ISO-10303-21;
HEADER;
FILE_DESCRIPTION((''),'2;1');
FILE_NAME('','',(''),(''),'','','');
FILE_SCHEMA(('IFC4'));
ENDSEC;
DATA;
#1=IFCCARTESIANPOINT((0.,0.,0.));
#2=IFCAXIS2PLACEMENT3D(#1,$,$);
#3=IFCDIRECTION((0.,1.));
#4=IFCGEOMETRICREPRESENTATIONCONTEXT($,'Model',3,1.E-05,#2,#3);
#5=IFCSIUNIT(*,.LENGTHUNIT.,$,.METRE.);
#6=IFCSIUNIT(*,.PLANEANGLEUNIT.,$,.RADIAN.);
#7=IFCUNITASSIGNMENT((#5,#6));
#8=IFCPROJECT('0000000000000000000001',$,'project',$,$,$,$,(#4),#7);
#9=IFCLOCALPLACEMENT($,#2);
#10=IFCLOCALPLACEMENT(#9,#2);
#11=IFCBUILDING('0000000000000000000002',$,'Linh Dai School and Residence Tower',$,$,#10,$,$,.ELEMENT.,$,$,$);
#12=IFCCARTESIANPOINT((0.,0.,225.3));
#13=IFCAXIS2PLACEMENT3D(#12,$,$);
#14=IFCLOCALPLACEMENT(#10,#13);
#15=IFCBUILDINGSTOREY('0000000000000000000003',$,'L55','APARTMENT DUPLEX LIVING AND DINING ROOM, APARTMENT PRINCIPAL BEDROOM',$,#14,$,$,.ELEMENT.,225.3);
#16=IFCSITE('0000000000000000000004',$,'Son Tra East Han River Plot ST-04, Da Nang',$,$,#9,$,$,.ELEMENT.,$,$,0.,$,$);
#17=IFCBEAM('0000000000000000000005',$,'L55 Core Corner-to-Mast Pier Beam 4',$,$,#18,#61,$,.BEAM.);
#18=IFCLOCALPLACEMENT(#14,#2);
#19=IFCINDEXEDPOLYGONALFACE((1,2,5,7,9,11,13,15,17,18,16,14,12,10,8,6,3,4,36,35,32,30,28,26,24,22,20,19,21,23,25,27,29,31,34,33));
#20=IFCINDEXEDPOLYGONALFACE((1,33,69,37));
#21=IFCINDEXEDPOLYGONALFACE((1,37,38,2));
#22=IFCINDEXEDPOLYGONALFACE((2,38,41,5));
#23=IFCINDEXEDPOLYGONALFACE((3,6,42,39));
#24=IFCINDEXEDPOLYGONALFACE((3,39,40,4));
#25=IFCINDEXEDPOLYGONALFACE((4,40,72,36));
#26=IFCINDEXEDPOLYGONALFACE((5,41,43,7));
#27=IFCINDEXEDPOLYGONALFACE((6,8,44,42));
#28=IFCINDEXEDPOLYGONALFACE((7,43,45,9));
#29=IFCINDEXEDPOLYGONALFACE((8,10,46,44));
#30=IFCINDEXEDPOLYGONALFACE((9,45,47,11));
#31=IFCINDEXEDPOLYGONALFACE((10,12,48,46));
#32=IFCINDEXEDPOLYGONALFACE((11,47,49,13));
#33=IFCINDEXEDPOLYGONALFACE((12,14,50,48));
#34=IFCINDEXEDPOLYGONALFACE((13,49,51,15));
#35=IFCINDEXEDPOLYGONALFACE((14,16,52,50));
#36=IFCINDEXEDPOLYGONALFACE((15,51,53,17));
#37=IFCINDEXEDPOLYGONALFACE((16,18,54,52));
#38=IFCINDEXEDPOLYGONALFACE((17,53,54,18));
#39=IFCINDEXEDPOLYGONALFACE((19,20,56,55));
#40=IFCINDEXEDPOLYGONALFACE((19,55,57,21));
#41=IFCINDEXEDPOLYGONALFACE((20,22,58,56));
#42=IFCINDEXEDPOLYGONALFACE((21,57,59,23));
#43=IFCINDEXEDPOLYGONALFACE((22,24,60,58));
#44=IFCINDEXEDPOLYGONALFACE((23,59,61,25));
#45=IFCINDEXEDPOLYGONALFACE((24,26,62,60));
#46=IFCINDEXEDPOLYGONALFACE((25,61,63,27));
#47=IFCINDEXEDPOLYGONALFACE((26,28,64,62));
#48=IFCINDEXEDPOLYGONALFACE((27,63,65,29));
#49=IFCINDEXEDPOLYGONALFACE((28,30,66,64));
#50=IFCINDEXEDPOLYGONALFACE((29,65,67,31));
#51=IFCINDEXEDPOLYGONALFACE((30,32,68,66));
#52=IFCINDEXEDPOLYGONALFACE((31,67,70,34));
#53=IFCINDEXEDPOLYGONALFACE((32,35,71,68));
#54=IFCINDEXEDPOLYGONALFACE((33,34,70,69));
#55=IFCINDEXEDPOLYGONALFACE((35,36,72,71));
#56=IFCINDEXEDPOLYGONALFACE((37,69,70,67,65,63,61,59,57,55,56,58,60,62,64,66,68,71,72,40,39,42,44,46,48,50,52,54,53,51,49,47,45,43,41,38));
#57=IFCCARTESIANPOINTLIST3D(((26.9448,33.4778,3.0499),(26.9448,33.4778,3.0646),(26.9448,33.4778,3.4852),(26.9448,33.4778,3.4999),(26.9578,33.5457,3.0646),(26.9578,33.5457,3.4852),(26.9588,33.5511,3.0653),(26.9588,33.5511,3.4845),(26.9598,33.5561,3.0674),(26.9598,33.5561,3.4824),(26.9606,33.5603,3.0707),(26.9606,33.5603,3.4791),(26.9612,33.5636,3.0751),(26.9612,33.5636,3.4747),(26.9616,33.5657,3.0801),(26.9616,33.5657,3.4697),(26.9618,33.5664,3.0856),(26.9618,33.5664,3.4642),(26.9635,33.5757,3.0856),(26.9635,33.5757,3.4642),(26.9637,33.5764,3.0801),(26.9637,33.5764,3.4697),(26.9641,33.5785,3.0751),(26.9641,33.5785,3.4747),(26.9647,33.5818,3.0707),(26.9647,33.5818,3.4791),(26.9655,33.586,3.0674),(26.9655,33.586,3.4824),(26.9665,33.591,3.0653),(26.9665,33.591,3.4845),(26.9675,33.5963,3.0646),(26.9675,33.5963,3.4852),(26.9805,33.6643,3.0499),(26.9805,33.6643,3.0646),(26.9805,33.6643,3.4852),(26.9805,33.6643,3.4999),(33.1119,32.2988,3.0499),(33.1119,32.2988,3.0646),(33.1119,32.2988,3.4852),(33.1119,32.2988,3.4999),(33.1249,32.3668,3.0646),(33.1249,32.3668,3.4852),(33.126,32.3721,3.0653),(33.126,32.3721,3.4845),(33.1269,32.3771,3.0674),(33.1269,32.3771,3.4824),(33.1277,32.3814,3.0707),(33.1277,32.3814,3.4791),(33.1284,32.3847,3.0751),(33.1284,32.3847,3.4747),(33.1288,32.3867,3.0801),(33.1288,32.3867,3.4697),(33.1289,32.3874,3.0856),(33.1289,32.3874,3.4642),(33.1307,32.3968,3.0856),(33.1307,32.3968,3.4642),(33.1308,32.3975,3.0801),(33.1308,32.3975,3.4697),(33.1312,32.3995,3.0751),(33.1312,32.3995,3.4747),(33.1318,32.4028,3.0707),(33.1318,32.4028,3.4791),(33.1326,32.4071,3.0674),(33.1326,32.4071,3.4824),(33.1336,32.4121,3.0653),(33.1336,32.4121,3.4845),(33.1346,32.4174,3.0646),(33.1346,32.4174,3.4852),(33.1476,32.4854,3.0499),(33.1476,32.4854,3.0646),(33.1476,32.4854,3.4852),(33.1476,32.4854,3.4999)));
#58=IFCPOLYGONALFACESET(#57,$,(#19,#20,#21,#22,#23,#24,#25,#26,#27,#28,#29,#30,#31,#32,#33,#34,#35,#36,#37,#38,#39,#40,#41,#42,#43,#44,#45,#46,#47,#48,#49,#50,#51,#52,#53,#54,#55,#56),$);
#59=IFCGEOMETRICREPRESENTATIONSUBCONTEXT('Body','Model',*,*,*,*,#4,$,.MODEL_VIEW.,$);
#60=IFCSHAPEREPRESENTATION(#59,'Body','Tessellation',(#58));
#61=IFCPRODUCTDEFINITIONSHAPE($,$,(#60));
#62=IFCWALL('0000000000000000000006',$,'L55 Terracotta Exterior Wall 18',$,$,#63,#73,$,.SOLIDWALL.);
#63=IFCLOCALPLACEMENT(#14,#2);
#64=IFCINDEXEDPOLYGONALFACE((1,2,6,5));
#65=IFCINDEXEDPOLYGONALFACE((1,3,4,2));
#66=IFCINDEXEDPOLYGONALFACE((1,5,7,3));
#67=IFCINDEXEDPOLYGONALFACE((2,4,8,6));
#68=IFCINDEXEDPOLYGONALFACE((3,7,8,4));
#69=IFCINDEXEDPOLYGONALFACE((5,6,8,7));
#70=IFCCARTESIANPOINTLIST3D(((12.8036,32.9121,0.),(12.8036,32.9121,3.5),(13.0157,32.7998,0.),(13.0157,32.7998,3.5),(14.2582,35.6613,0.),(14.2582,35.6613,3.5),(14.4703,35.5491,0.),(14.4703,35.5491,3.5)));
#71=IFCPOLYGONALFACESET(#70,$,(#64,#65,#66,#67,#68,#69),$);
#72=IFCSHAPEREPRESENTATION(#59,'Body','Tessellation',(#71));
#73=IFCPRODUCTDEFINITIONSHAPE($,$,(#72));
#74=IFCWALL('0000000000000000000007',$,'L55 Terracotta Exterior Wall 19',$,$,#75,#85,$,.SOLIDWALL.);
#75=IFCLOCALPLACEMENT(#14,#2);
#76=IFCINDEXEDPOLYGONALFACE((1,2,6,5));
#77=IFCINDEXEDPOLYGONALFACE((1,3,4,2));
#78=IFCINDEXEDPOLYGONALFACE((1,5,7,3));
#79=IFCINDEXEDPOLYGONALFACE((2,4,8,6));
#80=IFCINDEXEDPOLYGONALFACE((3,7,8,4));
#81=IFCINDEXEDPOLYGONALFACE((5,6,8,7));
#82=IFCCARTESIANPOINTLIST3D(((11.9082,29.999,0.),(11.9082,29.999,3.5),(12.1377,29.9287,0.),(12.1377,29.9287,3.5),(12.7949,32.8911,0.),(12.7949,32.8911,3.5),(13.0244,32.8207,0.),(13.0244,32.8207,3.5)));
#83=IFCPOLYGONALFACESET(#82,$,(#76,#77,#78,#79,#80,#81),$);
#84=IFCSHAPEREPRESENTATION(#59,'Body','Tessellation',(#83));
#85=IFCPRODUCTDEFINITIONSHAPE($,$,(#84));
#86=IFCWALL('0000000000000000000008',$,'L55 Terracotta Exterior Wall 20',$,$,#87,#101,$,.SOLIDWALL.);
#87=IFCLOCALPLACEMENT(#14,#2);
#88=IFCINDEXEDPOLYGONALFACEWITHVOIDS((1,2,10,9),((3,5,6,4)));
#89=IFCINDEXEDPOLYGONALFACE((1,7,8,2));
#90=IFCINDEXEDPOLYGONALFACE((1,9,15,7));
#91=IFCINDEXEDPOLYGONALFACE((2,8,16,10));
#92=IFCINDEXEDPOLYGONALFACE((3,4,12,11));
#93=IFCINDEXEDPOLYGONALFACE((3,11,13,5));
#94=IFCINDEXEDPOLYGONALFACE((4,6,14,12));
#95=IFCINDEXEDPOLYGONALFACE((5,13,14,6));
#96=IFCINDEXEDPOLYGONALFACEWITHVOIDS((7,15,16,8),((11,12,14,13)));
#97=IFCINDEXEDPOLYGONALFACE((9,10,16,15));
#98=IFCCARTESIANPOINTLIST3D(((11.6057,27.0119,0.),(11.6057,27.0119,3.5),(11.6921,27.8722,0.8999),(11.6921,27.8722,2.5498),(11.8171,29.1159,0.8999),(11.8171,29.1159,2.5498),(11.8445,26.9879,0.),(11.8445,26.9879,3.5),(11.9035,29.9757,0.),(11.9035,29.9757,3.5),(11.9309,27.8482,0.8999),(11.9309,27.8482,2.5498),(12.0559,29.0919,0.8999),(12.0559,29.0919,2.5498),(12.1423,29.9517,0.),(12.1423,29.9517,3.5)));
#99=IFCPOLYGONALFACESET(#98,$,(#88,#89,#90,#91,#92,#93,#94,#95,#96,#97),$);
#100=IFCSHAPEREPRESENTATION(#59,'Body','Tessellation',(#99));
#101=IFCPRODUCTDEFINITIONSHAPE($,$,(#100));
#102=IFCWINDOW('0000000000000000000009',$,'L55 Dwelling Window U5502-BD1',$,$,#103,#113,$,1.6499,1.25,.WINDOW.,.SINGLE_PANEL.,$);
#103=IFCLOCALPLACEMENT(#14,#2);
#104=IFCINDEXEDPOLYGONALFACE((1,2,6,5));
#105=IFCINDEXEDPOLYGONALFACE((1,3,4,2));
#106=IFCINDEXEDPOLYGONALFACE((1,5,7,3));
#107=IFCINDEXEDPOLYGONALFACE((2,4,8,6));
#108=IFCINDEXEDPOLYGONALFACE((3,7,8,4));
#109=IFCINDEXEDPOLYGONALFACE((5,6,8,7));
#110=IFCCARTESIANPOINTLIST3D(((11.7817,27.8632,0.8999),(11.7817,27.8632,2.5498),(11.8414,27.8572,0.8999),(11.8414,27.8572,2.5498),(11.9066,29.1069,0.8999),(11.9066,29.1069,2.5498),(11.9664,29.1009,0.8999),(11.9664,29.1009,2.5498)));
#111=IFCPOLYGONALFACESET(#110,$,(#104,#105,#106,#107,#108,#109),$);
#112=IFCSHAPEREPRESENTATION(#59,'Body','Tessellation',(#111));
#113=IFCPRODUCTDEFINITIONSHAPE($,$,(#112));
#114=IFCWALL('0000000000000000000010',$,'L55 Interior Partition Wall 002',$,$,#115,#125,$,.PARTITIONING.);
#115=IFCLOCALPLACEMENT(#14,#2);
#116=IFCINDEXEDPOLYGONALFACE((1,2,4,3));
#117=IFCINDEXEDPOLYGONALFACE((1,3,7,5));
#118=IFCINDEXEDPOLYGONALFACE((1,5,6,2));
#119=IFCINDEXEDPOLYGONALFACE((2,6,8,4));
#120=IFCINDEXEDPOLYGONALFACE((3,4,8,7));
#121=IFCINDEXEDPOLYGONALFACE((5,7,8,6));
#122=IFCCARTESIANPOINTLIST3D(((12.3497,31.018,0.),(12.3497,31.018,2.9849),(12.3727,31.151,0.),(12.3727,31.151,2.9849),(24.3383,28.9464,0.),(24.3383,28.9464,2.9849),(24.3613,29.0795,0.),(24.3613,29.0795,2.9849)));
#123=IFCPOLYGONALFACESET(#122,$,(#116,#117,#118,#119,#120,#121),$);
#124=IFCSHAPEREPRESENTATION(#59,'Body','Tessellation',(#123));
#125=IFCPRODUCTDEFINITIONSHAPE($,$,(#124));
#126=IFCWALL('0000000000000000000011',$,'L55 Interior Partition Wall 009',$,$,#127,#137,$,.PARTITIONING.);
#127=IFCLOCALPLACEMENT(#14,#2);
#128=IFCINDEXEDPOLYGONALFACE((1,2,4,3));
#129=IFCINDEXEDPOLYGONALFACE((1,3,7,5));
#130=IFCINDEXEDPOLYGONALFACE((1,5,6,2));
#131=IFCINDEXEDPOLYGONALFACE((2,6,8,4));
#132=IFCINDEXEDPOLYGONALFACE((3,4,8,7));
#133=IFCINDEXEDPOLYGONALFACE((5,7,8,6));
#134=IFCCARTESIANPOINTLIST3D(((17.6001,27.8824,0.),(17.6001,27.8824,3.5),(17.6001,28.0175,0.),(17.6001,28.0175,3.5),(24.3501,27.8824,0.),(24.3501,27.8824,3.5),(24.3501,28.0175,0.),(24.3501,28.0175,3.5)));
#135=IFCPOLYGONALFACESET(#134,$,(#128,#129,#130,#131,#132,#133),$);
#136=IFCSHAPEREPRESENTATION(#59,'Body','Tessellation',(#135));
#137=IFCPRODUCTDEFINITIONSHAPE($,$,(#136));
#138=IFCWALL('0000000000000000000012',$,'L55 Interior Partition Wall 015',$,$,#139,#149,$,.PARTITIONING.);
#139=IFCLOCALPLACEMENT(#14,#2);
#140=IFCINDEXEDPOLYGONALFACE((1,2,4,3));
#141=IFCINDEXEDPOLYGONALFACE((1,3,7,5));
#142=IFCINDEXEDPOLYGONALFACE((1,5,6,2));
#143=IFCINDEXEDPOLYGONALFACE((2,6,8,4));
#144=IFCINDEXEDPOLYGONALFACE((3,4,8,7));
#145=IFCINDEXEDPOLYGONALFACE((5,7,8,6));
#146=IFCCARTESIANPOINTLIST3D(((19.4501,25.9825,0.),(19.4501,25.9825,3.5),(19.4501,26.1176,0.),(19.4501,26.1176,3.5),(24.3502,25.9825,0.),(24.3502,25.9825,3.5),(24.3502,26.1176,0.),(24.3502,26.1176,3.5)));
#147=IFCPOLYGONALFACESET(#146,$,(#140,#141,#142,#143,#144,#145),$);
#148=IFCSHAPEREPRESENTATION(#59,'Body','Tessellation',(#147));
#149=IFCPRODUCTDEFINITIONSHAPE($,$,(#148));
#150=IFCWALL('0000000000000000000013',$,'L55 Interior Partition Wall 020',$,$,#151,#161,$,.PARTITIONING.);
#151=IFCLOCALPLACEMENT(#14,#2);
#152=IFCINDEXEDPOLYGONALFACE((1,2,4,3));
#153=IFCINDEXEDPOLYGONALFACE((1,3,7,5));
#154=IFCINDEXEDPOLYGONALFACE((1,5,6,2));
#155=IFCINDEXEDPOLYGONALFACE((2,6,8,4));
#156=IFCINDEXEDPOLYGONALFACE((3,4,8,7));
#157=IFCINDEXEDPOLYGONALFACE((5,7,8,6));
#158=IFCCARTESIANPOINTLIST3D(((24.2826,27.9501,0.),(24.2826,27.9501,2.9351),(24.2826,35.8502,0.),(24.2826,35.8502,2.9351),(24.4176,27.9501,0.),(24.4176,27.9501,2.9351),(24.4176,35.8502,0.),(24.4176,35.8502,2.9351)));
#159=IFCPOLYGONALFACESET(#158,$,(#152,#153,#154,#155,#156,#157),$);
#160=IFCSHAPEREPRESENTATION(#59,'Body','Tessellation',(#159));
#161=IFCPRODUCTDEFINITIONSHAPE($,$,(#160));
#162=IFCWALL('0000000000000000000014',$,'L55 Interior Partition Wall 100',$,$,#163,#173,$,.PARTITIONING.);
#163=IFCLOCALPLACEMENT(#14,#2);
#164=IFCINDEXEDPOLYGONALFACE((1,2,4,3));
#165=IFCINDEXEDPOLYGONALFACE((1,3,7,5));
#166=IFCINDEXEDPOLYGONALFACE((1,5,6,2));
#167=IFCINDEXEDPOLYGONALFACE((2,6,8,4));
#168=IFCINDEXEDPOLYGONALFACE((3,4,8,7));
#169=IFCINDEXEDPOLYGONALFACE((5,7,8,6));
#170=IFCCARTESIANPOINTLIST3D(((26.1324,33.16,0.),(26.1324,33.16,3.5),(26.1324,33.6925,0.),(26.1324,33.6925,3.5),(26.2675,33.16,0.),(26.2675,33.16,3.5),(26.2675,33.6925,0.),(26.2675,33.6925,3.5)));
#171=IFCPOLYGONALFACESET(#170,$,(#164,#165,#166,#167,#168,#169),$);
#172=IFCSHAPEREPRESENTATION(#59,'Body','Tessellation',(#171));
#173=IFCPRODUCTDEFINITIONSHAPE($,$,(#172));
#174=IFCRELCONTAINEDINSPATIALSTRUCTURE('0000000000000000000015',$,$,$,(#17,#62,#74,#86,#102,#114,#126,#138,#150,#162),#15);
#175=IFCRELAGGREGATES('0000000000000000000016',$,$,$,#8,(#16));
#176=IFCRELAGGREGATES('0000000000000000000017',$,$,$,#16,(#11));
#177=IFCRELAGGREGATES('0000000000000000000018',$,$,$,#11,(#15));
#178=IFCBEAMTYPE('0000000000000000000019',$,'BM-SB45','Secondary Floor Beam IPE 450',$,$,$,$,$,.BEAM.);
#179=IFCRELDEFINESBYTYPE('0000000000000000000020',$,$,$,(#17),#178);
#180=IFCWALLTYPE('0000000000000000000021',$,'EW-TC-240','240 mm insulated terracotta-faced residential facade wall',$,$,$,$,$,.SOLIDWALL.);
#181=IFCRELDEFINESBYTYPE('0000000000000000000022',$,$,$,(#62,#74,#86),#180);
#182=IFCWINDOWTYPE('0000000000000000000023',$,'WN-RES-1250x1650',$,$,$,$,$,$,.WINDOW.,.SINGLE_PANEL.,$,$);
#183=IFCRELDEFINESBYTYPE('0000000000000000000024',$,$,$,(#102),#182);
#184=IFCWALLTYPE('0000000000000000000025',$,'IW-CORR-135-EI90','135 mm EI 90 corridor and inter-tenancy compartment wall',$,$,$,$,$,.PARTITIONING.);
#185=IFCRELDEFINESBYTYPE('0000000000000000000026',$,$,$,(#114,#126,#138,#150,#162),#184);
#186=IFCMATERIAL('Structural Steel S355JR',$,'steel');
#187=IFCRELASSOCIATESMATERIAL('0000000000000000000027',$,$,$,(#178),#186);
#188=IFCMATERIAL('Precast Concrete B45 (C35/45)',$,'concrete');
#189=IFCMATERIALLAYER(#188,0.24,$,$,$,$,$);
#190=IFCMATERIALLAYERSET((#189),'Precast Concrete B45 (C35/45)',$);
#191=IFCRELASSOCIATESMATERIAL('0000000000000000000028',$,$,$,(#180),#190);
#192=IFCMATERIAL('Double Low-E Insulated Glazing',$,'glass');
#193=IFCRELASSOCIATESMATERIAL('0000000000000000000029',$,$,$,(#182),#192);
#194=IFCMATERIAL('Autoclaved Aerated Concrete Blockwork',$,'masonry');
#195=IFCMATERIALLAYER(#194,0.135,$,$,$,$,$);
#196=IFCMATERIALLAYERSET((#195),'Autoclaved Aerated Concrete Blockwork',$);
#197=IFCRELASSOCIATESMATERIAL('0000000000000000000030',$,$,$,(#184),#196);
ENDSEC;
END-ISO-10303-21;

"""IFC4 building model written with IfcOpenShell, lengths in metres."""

from ifc_helpers import new_model, si_unit, direction, frame, frame_2d, origin, origin_2d, place, context, subcontext, project, spatial, rectangle, i_section, extrude, source, transform, mapped, material, layer, layer_set, material_profile, profile_set, type_object, element, fill, save


model = new_model("IFC4")

# Units and contexts
model_context = context("Model", 3, precision=1e-05, world=origin(), true_north=direction((0.0, 1.0)))
body_context = subcontext(model_context, "Body", "Model", "MODEL_VIEW")
ifc_project = project(units=[si_unit("LENGTHUNIT", "METRE"), si_unit("PLANEANGLEUNIT", "RADIAN")], contexts=[model_context])

# Site, building, storey
site_placement = place(None, origin())
site = spatial("IfcSite", under=ifc_project, at=site_placement, Name="Son Tra East Han River Plot ST-04, Da Nang", CompositionType="ELEMENT", RefElevation=0.0)
building_placement = place(site_placement, origin())
building = spatial("IfcBuilding", under=site, at=building_placement, Name="Linh Dai School and Residence Tower", CompositionType="ELEMENT")
storey_placement = place(building_placement, frame((0.0, 0.0, 225.3)))
storey = spatial("IfcBuildingStorey", under=building, at=storey_placement, Name="L55", Description="APARTMENT DUPLEX LIVING AND DINING ROOM, APARTMENT PRINCIPAL BEDROOM", CompositionType="ELEMENT", Elevation=225.3)

# Shared definitions
ifc_material_1 = material(Name="Structural Steel S355JR", Category="steel")

# Beam
ifc_material_profile_1 = material_profile(ifc_material_1, i_section(OverallWidth=0.1899, OverallDepth=0.45, WebThickness=0.0095, FlangeThickness=0.0146, FilletRadius=0.021, at=origin_2d()), Name="IPE 450")
ifc_profile_set_1 = profile_set([ifc_material_profile_1], Name="Structural Steel S355JR")
beam_type_1 = type_object("IfcBeamType", Name="BM-SB45", Description="Secondary Floor Beam IPE 450", PredefinedType="BEAM", material=ifc_profile_set_1)
beam_1_placement = place(storey_placement, frame((26.9626, 33.571, 3.2749), z_axis=(0.982214, -0.187764, 0.0), x_axis=(0.187764, 0.982214, 0.0)))
element("IfcBeam", 1, at=beam_1_placement, inside=storey, type_object=beam_type_1, Name="L55 Core Corner-to-Mast Pier Beam 4", PredefinedType="BEAM", context=body_context, shape_type="SweptSolid", body=[
    extrude(i_section(OverallWidth=0.1899, OverallDepth=0.45, WebThickness=0.0095, FlangeThickness=0.0146, FilletRadius=0.021, at=origin_2d()), origin(), (0.0, 0.0, 1.0), 6.2788),
])

# Walls
ifc_material_2 = material(Name="Precast Concrete B45 (C35/45)", Category="concrete")
ifc_layer_1 = layer(ifc_material_2, 0.24)
ifc_layer_set_1 = layer_set([ifc_layer_1], Name="Precast Concrete B45 (C35/45)")
wall_type_1 = type_object("IfcWallType", Name="EW-TC-240", Description="240 mm insulated terracotta-faced residential facade wall", PredefinedType="SOLIDWALL", material=ifc_layer_set_1)
wall_1_placement = place(storey_placement, frame((12.9097, 32.856, 0.0), z_axis=(0.0, 0.0, 1.0), x_axis=(0.46766, 0.883908, 0.0)))
element("IfcWall", 2, at=wall_1_placement, inside=storey, type_object=wall_type_1, Name="L55 Terracotta Exterior Wall 18", PredefinedType="SOLIDWALL", context=body_context, shape_type="SweptSolid", body=[
    extrude(rectangle(XDim=3.1104, YDim=0.24, at=frame_2d((1.5552, 0.0))), origin(), (0.0, 0.0, 1.0), 3.5),
])
wall_2_placement = place(storey_placement, frame((12.0229, 29.9639, 0.0), z_axis=(0.0, 0.0, 1.0), x_axis=(0.293133, 0.956072, 0.0)))
element("IfcWall", 3, at=wall_2_placement, inside=storey, type_object=wall_type_1, Name="L55 Terracotta Exterior Wall 19", PredefinedType="SOLIDWALL", context=body_context, shape_type="SweptSolid", body=[
    extrude(rectangle(XDim=3.0249, YDim=0.24, at=frame_2d((1.5125, 0.0))), origin(), (0.0, 0.0, 1.0), 3.5),
])

# Wall, opening, window
wall_3_placement = place(storey_placement, frame((11.7251, 27.0, 0.0), z_axis=(0.0, 0.0, 1.0), x_axis=(0.099991, 0.994988, 0.0)))
wall_3 = element("IfcWall", 4, at=wall_3_placement, inside=storey, type_object=wall_type_1, Name="L55 Terracotta Exterior Wall 20", PredefinedType="SOLIDWALL", context=body_context, shape_type="SweptSolid", body=[
    extrude(rectangle(XDim=2.9788, YDim=0.24, at=frame_2d((1.4893, 0.0))), origin(), (0.0, 0.0, 1.0), 3.5),
])
opening_1_placement = place(wall_3_placement, frame((0.8645, 0.0, 0.8999)))
opening_1 = element("IfcOpeningElement", 5, at=opening_1_placement, cuts=wall_3, PredefinedType="OPENING", context=body_context, shape_type="SweptSolid", body=[
    extrude(rectangle(XDim=1.25, YDim=1.6499, at=origin_2d()), frame((0.625, 0.1299, 0.825), z_axis=(0.0, -1.0, 0.0), x_axis=(1.0, 0.0, 0.0)), (0.0, 0.0, 1.0), 0.26),
])
ifc_material_3 = material(Name="Double Low-E Insulated Glazing", Category="glass")
window_type = type_object("IfcWindowType", Name="WN-RES-1250x1650", PartitioningType="SINGLE_PANEL", PredefinedType="WINDOW", material=ifc_material_3)
shared_shape_1 = source(origin(), body_context, "Body", "SweptSolid", [
    extrude(rectangle(XDim=1.25, YDim=1.6499, at=origin_2d()), frame((0.625, 0.03, 0.825), z_axis=(0.0, -1.0, 0.0), x_axis=(1.0, 0.0, 0.0)), (0.0, 0.0, 1.0), 0.0601),
])
window_placement = place(opening_1_placement, origin())
window = element("IfcWindow", 6, at=window_placement, inside=storey, type_object=window_type, Name="L55 Dwelling Window U5502-BD1", OverallHeight=1.6499, OverallWidth=1.25, PartitioningType="SINGLE_PANEL", PredefinedType="WINDOW", context=body_context, shape_type="MappedRepresentation", body=[
    mapped(shared_shape_1, transform((0.0, 0.0, 0.0), x_axis=(1.0, 0.0, 0.0), y_axis=(0.0, 1.0, 0.0), z_axis=(0.0, 0.0, 1.0), scale=1.0)),
])
fill(opening_1, window)

# Walls
ifc_material_4 = material(Name="Autoclaved Aerated Concrete Blockwork", Category="masonry")
ifc_layer_2 = layer(ifc_material_4, 0.135)
ifc_layer_set_2 = layer_set([ifc_layer_2], Name="Autoclaved Aerated Concrete Blockwork")
wall_type_2 = type_object("IfcWallType", Name="IW-CORR-135-EI90", Description="135 mm EI 90 corridor and inter-tenancy compartment wall", PredefinedType="PARTITIONING", material=ifc_layer_set_2)
wall_4_placement = place(storey_placement, frame((12.3613, 31.0845, 0.0), z_axis=(0.0, 0.0, 1.0), x_axis=(0.985397, -0.17027, 0.0)))
element("IfcWall", 7, at=wall_4_placement, inside=storey, type_object=wall_type_2, Name="L55 Interior Partition Wall 002", PredefinedType="PARTITIONING", context=body_context, shape_type="SweptSolid", body=[
    extrude(rectangle(XDim=12.1663, YDim=0.135, at=frame_2d((6.083, 0.0))), origin(), (0.0, 0.0, 1.0), 2.9849),
])
wall_5_placement = place(storey_placement, frame((17.6001, 27.95, 0.0), z_axis=(0.0, 0.0, 1.0), x_axis=(1.0, 0.0, 0.0)))
element("IfcWall", 8, at=wall_5_placement, inside=storey, type_object=wall_type_2, Name="L55 Interior Partition Wall 009", PredefinedType="PARTITIONING", context=body_context, shape_type="SweptSolid", body=[
    extrude(rectangle(XDim=6.75, YDim=0.135, at=frame_2d((3.375, 0.0))), origin(), (0.0, 0.0, 1.0), 3.5),
])
wall_6_placement = place(storey_placement, frame((19.45, 26.05, 0.0), z_axis=(0.0, 0.0, 1.0), x_axis=(1.0, 0.0, 0.0)))
element("IfcWall", 9, at=wall_6_placement, inside=storey, type_object=wall_type_2, Name="L55 Interior Partition Wall 015", PredefinedType="PARTITIONING", context=body_context, shape_type="SweptSolid", body=[
    extrude(rectangle(XDim=4.9001, YDim=0.135, at=frame_2d((2.4502, 0.0))), origin(), (0.0, 0.0, 1.0), 3.5),
])
wall_7_placement = place(storey_placement, frame((24.3501, 27.95, 0.0), z_axis=(0.0, 0.0, 1.0), x_axis=(0.0, 1.0, 0.0)))
element("IfcWall", 10, at=wall_7_placement, inside=storey, type_object=wall_type_2, Name="L55 Interior Partition Wall 020", PredefinedType="PARTITIONING", context=body_context, shape_type="SweptSolid", body=[
    extrude(rectangle(XDim=7.9001, YDim=0.135, at=frame_2d((3.9502, 0.0))), origin(), (0.0, 0.0, 1.0), 2.9351),
])
wall_8_placement = place(storey_placement, frame((26.2, 33.6924, 0.0), z_axis=(0.0, 0.0, 1.0), x_axis=(0.0, -1.0, 0.0)))
element("IfcWall", 11, at=wall_8_placement, inside=storey, type_object=wall_type_2, Name="L55 Interior Partition Wall 100", PredefinedType="PARTITIONING", context=body_context, shape_type="SweptSolid", body=[
    extrude(rectangle(XDim=0.5325, YDim=0.135, at=frame_2d((0.2661, 0.0))), origin(), (0.0, 0.0, 1.0), 3.5),
])

save(model, "model.ifc")
